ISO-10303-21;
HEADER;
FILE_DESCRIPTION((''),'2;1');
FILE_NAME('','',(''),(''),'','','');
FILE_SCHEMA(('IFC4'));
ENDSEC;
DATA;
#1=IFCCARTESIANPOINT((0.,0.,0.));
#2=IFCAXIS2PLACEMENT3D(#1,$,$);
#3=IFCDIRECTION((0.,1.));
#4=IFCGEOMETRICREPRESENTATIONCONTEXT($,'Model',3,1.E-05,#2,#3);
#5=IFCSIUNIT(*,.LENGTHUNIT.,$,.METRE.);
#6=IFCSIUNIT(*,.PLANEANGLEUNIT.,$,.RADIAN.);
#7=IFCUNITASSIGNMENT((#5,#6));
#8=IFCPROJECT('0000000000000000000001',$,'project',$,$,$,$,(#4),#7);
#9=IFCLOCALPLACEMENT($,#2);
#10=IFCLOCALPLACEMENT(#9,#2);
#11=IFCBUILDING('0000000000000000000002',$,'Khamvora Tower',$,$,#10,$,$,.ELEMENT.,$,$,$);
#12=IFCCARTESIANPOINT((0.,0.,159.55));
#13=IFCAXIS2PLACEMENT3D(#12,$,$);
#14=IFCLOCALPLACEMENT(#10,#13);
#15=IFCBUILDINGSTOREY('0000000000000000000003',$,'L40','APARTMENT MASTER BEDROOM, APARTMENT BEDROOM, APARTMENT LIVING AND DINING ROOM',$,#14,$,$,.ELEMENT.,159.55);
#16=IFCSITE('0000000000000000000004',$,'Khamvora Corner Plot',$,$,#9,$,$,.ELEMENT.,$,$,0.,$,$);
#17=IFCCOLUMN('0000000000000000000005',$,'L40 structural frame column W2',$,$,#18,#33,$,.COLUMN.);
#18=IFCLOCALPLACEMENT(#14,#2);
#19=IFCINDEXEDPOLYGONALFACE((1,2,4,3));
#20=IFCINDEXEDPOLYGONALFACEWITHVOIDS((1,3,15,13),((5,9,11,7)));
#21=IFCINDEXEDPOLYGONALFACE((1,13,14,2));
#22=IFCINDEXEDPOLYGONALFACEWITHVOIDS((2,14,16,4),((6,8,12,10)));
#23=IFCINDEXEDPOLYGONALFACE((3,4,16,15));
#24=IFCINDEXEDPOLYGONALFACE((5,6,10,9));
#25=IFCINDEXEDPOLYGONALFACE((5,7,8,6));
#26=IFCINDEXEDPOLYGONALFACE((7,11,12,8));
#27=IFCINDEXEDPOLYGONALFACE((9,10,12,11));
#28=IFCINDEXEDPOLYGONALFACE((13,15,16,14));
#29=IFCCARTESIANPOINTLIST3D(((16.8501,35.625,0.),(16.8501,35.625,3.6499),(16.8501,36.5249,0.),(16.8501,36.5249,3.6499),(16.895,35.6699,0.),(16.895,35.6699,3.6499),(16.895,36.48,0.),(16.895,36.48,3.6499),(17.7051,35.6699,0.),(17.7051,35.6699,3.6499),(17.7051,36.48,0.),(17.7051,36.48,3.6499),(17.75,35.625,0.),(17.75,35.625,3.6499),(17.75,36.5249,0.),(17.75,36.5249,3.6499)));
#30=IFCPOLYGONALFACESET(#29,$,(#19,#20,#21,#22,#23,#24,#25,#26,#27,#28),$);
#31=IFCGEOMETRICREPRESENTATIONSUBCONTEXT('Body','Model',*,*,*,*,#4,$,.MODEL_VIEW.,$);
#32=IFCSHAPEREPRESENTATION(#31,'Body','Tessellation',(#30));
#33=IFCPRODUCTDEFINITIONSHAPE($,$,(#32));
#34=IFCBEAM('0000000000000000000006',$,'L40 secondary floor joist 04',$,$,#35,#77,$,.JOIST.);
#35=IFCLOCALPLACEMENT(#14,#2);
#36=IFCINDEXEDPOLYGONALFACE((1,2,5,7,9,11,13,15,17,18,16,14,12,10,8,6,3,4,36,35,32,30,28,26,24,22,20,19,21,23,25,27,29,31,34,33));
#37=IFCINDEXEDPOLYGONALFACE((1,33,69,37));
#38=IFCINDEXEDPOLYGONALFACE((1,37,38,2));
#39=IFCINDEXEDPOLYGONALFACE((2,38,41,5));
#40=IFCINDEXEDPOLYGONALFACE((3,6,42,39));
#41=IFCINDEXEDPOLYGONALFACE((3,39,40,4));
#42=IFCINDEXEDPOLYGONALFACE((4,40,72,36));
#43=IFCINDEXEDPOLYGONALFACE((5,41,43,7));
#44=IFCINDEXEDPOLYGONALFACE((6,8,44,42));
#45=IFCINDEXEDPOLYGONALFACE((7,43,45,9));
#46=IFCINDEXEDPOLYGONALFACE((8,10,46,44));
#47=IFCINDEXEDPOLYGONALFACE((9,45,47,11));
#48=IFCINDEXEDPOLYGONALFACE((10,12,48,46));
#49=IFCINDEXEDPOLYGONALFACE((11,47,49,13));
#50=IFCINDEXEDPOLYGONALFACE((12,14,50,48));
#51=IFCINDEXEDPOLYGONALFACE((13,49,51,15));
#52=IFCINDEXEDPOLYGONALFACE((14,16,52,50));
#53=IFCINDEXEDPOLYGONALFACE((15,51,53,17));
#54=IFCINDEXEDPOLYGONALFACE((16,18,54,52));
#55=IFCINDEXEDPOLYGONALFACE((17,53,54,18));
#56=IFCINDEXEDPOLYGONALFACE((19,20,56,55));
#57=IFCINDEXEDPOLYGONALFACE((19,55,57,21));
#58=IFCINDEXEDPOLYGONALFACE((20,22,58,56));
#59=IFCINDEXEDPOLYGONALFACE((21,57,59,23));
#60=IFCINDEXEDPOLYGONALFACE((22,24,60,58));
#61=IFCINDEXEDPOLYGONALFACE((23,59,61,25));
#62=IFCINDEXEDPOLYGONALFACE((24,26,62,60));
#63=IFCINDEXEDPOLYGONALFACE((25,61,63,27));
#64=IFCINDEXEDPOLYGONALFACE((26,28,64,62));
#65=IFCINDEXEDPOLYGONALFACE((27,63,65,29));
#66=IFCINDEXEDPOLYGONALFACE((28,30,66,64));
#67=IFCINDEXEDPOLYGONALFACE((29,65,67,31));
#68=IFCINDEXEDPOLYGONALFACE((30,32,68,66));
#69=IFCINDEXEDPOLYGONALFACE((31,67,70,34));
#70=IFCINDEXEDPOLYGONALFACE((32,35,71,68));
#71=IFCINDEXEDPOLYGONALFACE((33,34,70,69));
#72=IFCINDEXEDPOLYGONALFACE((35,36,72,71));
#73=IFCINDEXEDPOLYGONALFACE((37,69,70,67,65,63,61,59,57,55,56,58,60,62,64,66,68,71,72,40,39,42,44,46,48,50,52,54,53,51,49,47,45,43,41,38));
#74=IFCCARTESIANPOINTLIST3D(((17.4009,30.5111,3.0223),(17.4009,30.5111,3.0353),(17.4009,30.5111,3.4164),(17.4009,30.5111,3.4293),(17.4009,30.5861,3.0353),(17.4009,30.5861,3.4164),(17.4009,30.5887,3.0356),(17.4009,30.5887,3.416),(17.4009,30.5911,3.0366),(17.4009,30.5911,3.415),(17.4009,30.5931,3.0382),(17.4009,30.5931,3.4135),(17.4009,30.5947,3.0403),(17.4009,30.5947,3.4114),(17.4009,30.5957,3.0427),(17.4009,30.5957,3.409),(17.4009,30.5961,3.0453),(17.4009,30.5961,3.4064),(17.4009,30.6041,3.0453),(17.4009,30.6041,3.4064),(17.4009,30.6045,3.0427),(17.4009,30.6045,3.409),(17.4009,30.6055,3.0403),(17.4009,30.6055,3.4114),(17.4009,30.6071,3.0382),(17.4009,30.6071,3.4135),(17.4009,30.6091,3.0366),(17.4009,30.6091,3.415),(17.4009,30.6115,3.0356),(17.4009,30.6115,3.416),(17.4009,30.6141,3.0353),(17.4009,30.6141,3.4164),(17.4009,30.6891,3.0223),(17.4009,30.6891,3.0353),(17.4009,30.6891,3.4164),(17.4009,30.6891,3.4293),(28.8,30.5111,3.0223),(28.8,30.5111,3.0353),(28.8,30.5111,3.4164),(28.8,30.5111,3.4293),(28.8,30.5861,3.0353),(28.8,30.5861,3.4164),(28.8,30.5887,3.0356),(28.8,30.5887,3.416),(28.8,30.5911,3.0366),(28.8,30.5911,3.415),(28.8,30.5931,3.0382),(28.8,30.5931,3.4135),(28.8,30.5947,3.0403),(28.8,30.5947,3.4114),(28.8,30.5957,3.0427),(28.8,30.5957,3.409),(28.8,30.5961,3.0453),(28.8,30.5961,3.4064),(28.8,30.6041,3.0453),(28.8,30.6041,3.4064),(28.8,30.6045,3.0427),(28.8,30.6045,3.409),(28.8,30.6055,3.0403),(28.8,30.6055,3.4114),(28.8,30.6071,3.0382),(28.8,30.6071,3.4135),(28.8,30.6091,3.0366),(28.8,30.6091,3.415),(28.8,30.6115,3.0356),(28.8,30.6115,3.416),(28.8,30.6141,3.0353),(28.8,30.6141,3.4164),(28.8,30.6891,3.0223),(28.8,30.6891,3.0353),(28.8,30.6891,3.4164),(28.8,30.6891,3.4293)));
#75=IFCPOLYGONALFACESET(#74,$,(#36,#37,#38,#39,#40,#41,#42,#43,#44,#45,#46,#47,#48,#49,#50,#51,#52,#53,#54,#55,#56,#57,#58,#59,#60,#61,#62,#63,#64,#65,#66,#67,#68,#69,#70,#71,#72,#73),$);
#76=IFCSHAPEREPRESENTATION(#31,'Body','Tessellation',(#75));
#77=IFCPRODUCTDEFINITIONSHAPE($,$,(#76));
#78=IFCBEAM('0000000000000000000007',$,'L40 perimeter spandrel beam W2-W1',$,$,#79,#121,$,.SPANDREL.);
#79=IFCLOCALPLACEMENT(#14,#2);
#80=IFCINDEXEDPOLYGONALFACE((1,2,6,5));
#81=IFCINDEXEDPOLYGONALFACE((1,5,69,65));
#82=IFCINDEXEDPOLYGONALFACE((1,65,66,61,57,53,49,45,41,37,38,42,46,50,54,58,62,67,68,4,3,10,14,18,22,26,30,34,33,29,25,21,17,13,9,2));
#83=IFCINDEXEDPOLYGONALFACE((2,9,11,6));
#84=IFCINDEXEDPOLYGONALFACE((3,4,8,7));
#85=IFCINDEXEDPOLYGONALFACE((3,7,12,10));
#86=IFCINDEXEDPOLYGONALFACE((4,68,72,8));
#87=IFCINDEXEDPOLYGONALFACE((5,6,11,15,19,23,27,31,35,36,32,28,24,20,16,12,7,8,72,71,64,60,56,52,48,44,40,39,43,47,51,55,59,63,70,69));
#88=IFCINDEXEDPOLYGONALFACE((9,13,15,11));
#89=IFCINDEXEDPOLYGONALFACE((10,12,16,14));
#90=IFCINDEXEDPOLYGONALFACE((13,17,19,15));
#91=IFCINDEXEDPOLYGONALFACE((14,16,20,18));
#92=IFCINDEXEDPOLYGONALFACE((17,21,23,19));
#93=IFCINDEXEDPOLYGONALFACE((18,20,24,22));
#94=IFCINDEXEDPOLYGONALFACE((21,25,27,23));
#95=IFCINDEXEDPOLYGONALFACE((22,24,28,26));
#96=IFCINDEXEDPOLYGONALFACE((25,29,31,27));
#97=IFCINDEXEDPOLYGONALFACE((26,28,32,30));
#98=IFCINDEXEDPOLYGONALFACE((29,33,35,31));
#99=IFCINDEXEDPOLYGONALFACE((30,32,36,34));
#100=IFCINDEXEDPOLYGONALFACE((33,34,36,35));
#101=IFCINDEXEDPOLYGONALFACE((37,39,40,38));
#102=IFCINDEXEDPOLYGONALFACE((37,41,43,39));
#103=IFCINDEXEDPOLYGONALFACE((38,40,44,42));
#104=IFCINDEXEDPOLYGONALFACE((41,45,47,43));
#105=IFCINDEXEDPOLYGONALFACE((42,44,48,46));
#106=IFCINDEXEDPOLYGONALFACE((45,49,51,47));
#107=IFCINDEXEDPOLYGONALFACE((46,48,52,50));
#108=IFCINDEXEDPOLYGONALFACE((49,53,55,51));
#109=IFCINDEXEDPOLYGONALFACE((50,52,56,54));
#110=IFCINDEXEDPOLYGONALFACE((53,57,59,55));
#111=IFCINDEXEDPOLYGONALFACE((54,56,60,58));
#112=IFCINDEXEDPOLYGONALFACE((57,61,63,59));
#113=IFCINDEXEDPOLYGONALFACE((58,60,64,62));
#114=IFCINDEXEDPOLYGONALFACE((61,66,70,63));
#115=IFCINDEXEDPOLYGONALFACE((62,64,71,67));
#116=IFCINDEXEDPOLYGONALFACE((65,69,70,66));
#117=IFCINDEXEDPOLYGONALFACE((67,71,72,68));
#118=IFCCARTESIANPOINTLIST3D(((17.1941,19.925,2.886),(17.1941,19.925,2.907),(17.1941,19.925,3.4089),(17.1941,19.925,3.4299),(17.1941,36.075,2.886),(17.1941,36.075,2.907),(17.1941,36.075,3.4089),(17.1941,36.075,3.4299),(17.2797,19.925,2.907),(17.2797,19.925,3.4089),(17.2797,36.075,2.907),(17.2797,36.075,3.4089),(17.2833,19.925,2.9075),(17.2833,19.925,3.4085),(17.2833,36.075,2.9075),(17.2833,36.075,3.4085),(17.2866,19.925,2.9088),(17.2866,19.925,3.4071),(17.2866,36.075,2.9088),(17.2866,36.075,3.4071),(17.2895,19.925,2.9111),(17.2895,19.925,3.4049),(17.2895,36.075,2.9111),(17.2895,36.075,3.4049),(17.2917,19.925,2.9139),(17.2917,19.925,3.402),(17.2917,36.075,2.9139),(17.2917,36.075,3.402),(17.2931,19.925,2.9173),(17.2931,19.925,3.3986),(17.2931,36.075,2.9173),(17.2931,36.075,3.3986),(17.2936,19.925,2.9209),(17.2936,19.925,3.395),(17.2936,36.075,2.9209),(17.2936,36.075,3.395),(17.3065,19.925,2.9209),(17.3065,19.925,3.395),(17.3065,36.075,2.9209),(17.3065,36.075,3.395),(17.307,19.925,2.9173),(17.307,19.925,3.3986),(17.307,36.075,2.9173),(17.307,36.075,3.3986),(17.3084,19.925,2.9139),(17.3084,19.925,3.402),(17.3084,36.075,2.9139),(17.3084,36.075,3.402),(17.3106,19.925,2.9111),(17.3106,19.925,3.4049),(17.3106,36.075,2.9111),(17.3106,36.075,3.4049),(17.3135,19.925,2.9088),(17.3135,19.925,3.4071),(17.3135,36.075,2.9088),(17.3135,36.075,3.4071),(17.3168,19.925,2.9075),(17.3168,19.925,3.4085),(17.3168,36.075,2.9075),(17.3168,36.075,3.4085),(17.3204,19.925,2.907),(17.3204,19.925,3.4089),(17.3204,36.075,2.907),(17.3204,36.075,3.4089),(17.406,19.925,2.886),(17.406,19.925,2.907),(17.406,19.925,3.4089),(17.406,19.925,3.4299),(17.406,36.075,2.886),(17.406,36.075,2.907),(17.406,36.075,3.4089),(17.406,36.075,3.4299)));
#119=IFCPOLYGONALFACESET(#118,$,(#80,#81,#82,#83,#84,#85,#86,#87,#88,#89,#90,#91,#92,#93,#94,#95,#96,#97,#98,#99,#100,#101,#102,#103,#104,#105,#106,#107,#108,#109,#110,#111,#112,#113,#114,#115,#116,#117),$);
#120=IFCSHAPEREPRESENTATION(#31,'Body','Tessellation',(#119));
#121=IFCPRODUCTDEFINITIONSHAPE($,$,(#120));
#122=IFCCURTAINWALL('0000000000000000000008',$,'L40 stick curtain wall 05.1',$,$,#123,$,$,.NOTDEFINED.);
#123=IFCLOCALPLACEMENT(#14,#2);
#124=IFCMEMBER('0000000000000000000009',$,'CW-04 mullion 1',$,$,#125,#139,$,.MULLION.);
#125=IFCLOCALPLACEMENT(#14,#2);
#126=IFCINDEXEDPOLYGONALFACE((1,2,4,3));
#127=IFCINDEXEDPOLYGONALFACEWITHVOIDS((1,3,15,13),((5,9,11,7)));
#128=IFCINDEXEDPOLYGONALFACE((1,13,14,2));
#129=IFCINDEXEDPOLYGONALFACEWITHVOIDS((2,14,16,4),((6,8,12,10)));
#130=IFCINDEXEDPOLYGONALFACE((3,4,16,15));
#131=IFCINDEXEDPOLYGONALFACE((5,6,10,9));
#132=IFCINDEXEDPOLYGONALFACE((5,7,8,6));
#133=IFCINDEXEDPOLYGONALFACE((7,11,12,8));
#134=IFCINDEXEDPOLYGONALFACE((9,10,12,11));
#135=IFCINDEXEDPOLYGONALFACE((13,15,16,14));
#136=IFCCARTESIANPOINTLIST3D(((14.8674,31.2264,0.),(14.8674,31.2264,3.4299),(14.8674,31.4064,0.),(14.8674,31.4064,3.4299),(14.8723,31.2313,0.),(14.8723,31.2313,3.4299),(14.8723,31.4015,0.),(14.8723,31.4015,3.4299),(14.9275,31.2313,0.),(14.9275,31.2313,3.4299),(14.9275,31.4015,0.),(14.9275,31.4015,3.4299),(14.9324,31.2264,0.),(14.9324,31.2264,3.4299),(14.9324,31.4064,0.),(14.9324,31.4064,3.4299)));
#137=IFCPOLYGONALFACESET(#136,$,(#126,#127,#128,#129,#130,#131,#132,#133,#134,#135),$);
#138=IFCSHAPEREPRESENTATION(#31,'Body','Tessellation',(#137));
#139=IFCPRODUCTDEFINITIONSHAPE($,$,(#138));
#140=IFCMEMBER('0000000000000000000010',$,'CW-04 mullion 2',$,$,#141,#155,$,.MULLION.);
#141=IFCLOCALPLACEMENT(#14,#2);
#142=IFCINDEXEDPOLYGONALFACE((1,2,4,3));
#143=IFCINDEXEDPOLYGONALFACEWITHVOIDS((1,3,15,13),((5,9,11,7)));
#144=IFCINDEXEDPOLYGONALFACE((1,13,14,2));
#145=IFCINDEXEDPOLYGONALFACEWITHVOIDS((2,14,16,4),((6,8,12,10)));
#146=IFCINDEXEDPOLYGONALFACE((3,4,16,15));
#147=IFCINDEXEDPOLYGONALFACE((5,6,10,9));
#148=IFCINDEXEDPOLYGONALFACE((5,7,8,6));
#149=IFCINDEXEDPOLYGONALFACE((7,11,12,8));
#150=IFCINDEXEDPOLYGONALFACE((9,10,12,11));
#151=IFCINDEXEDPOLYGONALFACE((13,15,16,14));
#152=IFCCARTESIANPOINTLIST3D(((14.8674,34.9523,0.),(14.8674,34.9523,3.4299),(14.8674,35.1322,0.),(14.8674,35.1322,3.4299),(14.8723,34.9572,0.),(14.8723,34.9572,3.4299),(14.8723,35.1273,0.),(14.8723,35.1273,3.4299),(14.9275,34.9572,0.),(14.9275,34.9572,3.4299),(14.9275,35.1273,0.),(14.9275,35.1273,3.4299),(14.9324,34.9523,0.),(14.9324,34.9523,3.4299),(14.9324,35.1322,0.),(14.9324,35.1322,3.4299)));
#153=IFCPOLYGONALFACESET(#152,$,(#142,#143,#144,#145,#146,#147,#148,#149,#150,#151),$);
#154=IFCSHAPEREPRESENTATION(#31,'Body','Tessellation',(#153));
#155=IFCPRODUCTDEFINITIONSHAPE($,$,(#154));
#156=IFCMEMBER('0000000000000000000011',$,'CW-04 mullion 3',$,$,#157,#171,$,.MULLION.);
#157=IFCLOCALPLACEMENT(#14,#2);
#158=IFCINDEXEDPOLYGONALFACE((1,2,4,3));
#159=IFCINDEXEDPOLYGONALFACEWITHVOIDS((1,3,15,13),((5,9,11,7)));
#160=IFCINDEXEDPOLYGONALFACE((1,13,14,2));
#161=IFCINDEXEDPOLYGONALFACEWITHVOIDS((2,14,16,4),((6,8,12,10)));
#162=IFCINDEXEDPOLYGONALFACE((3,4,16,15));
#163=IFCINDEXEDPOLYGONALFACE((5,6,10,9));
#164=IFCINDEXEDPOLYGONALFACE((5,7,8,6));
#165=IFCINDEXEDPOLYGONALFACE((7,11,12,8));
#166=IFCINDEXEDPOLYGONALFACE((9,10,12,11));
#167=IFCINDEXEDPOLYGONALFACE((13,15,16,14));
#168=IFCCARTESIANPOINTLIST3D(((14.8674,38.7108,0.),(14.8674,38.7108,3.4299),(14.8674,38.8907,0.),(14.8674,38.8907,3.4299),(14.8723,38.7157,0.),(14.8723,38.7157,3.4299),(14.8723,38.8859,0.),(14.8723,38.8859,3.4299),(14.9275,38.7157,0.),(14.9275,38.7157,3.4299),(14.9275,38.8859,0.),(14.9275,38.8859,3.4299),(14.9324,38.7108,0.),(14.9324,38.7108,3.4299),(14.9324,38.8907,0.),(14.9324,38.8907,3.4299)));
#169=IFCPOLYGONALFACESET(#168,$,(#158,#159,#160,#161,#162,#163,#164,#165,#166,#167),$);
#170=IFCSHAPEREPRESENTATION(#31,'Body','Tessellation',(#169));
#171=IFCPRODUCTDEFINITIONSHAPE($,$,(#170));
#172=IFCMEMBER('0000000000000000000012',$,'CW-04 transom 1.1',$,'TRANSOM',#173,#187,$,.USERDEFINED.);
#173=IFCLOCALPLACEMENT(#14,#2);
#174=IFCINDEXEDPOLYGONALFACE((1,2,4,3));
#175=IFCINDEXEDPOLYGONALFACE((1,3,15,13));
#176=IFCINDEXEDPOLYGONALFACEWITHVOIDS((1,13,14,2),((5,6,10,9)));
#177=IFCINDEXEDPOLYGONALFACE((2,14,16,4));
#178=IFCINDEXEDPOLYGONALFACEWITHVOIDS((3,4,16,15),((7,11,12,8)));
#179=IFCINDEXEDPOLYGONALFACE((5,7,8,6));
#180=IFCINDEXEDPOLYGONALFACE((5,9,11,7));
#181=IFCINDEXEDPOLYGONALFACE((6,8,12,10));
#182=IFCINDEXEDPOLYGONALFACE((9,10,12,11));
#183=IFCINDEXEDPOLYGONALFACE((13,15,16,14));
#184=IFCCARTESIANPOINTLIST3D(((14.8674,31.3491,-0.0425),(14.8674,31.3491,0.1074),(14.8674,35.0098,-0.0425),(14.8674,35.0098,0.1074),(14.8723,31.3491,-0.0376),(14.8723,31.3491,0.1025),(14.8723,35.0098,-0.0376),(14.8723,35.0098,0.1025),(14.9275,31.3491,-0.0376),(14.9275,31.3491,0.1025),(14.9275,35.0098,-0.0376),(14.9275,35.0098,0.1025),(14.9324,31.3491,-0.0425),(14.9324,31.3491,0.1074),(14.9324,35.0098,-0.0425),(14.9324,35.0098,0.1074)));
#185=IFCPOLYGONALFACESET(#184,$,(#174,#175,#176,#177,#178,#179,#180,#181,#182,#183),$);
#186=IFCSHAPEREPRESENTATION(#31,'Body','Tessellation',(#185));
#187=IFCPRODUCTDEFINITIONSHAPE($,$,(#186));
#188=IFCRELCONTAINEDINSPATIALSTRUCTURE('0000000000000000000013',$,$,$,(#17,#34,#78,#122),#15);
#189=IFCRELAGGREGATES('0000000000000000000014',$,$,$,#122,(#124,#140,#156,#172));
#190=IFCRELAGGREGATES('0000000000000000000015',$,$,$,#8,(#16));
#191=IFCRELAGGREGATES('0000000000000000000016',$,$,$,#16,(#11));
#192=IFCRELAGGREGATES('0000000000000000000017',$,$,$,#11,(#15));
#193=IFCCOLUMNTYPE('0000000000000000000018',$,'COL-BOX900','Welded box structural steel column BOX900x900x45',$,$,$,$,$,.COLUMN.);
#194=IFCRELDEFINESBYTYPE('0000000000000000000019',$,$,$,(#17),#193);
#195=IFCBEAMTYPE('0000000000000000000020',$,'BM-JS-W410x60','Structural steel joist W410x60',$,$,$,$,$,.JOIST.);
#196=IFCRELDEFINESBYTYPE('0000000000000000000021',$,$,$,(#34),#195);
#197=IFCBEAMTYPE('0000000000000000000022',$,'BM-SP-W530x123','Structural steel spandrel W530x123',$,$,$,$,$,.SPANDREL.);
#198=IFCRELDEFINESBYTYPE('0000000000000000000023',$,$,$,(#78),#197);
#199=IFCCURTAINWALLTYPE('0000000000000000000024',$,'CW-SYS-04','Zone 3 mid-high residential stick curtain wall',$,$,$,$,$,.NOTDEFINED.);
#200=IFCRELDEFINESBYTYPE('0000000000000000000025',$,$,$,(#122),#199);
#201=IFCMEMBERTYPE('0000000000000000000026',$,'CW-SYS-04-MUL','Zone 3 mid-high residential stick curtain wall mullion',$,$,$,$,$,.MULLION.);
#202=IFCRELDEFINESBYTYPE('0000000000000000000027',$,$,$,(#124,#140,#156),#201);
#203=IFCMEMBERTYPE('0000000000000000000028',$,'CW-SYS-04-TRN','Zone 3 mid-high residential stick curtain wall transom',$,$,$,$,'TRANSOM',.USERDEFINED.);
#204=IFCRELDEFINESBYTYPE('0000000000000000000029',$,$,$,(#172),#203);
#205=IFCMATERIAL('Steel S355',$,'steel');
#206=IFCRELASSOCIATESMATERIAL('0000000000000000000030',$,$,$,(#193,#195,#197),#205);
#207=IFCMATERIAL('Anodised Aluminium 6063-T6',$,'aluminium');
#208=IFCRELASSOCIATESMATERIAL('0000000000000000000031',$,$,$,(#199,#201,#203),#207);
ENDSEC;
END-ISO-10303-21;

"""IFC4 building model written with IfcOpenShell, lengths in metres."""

from ifc_helpers import new_model, si_unit, direction, frame, origin, origin_2d, place, context, subcontext, project, spatial, hollow_rectangle, i_section, extrude, material, material_profile, profile_set, type_object, element, aggregate, save


model = new_model("IFC4")

# Units and contexts
model_context = context("Model", 3, precision=1e-05, world=origin(), true_north=direction((0.0, 1.0)))
body_context = subcontext(model_context, "Body", "Model", "MODEL_VIEW")
ifc_project = project(units=[si_unit("LENGTHUNIT", "METRE"), si_unit("PLANEANGLEUNIT", "RADIAN")], contexts=[model_context])

# Site, building, storey
site_placement = place(None, origin())
site = spatial("IfcSite", under=ifc_project, at=site_placement, Name="Khamvora Corner Plot", CompositionType="ELEMENT", RefElevation=0.0)
building_placement = place(site_placement, origin())
building = spatial("IfcBuilding", under=site, at=building_placement, Name="Khamvora Tower", CompositionType="ELEMENT")
storey_placement = place(building_placement, frame((0.0, 0.0, 159.55)))
storey = spatial("IfcBuildingStorey", under=building, at=storey_placement, Name="L40", Description="APARTMENT MASTER BEDROOM, APARTMENT BEDROOM, APARTMENT LIVING AND DINING ROOM", CompositionType="ELEMENT", Elevation=159.55)

# Column
ifc_material_1 = material(Name="Steel S355", Category="steel")
ifc_material_profile_1 = material_profile(ifc_material_1, hollow_rectangle(XDim=0.8999, YDim=0.8999, WallThickness=0.0449, at=origin_2d()), Name="BOX900x900x45")
ifc_profile_set_1 = profile_set([ifc_material_profile_1], Name="Steel S355")
column_type = type_object("IfcColumnType", Name="COL-BOX900", Description="Welded box structural steel column BOX900x900x45", PredefinedType="COLUMN", material=ifc_profile_set_1)
column_placement = place(storey_placement, frame((17.3, 36.075, 0.0), z_axis=(0.0, 0.0, 1.0), x_axis=(1.0, 0.0, 0.0)))
element("IfcColumn", 1, at=column_placement, inside=storey, type_object=column_type, Name="L40 structural frame column W2", PredefinedType="COLUMN", context=body_context, shape_type="SweptSolid", body=[
    extrude(hollow_rectangle(XDim=0.8999, YDim=0.8999, WallThickness=0.0449, at=origin_2d()), origin(), (0.0, 0.0, 1.0), 3.6499),
])

# Beams
ifc_material_profile_2 = material_profile(ifc_material_1, i_section(OverallWidth=0.178, OverallDepth=0.407, WebThickness=0.0081, FlangeThickness=0.0129, FilletRadius=0.01, at=origin_2d()), Name="W410x60")
ifc_profile_set_2 = profile_set([ifc_material_profile_2], Name="Steel S355")
beam_type_1 = type_object("IfcBeamType", Name="BM-JS-W410x60", Description="Structural steel joist W410x60", PredefinedType="JOIST", material=ifc_profile_set_2)
beam_1_placement = place(storey_placement, frame((17.4009, 30.6001, 3.2258), z_axis=(1.0, 0.0, 0.0), x_axis=(0.0, 1.0, 0.0)))
element("IfcBeam", 2, at=beam_1_placement, inside=storey, type_object=beam_type_1, Name="L40 secondary floor joist 04", PredefinedType="JOIST", context=body_context, shape_type="SweptSolid", body=[
    extrude(i_section(OverallWidth=0.178, OverallDepth=0.407, WebThickness=0.0081, FlangeThickness=0.0129, FilletRadius=0.01, at=origin_2d()), origin(), (0.0, 0.0, 1.0), 11.3992),
])
ifc_material_profile_3 = material_profile(ifc_material_1, i_section(OverallWidth=0.2119, OverallDepth=0.5439, WebThickness=0.0129, FlangeThickness=0.021, FilletRadius=0.0139, at=origin_2d()), Name="W530x123")
ifc_profile_set_3 = profile_set([ifc_material_profile_3], Name="Steel S355")
beam_type_2 = type_object("IfcBeamType", Name="BM-SP-W530x123", Description="Structural steel spandrel W530x123", PredefinedType="SPANDREL", material=ifc_profile_set_3)
beam_2_placement = place(storey_placement, frame((17.3, 36.075, 3.158), z_axis=(0.0, -1.0, 0.0), x_axis=(1.0, 0.0, 0.0)))
element("IfcBeam", 3, at=beam_2_placement, inside=storey, type_object=beam_type_2, Name="L40 perimeter spandrel beam W2-W1", PredefinedType="SPANDREL", context=body_context, shape_type="SweptSolid", body=[
    extrude(i_section(OverallWidth=0.2119, OverallDepth=0.5439, WebThickness=0.0129, FlangeThickness=0.021, FilletRadius=0.0139, at=origin_2d()), origin(), (0.0, 0.0, 1.0), 16.1499),
])

# Curtain wall, members
ifc_material_2 = material(Name="Anodised Aluminium 6063-T6", Category="aluminium")
curtain_wall_type = type_object("IfcCurtainWallType", Name="CW-SYS-04", Description="Zone 3 mid-high residential stick curtain wall", PredefinedType="NOTDEFINED", material=ifc_material_2)
curtain_wall_placement = place(storey_placement, origin())
curtain_wall = element("IfcCurtainWall", 4, at=curtain_wall_placement, inside=storey, type_object=curtain_wall_type, Name="L40 stick curtain wall 05.1", PredefinedType="NOTDEFINED")
ifc_material_profile_4 = material_profile(ifc_material_2, hollow_rectangle(XDim=0.0649, YDim=0.1799, WallThickness=0.0049, at=origin_2d()), Name="MUL65x180x5")
ifc_profile_set_4 = profile_set([ifc_material_profile_4], Name="Anodised Aluminium 6063-T6")
member_type_1 = type_object("IfcMemberType", Name="CW-SYS-04-MUL", Description="Zone 3 mid-high residential stick curtain wall mullion", PredefinedType="MULLION", material=ifc_profile_set_4)
member_1_placement = place(storey_placement, frame((14.8999, 31.3164, 0.0), z_axis=(0.0, 0.0, 1.0), x_axis=(-1.0, 0.0, 0.0)))
member_1 = element("IfcMember", 5, at=member_1_placement, type_object=member_type_1, Name="CW-04 mullion 1", PredefinedType="MULLION", context=body_context, shape_type="SweptSolid", body=[
    extrude(hollow_rectangle(XDim=0.0649, YDim=0.1799, WallThickness=0.0049, at=origin_2d()), origin(), (0.0, 0.0, 1.0), 3.4299),
])
member_2_placement = place(storey_placement, frame((14.8999, 35.0422, 0.0), z_axis=(0.0, 0.0, 1.0), x_axis=(-1.0, 0.0, 0.0)))
member_2 = element("IfcMember", 6, at=member_2_placement, type_object=member_type_1, Name="CW-04 mullion 2", PredefinedType="MULLION", context=body_context, shape_type="SweptSolid", body=[
    extrude(hollow_rectangle(XDim=0.0649, YDim=0.1799, WallThickness=0.0049, at=origin_2d()), origin(), (0.0, 0.0, 1.0), 3.4299),
])
member_3_placement = place(storey_placement, frame((14.8999, 38.8008, 0.0), z_axis=(0.0, 0.0, 1.0), x_axis=(-1.0, 0.0, 0.0)))
member_3 = element("IfcMember", 7, at=member_3_placement, type_object=member_type_1, Name="CW-04 mullion 3", PredefinedType="MULLION", context=body_context, shape_type="SweptSolid", body=[
    extrude(hollow_rectangle(XDim=0.0649, YDim=0.1799, WallThickness=0.0049, at=origin_2d()), origin(), (0.0, 0.0, 1.0), 3.4299),
])
ifc_material_profile_5 = material_profile(ifc_material_2, hollow_rectangle(XDim=0.0649, YDim=0.1499, WallThickness=0.0049, at=origin_2d()), Name="TRN65x150x5")
ifc_profile_set_5 = profile_set([ifc_material_profile_5], Name="Anodised Aluminium 6063-T6")
member_type_2 = type_object("IfcMemberType", Name="CW-SYS-04-TRN", Description="Zone 3 mid-high residential stick curtain wall transom", ElementType="TRANSOM", PredefinedType="USERDEFINED", material=ifc_profile_set_5)
member_4_placement = place(storey_placement, frame((14.8999, 31.3491, 0.0325), z_axis=(0.0, 1.0, 0.0), x_axis=(-1.0, 0.0, 0.0)))
member_4 = element("IfcMember", 8, at=member_4_placement, type_object=member_type_2, Name="CW-04 transom 1.1", ObjectType="TRANSOM", PredefinedType="USERDEFINED", context=body_context, shape_type="SweptSolid", body=[
    extrude(hollow_rectangle(XDim=0.0649, YDim=0.1499, WallThickness=0.0049, at=origin_2d()), origin(), (0.0, 0.0, 1.0), 3.6606),
])
aggregate(curtain_wall, [member_1, member_2, member_3, member_4])

save(model, "model.ifc")
